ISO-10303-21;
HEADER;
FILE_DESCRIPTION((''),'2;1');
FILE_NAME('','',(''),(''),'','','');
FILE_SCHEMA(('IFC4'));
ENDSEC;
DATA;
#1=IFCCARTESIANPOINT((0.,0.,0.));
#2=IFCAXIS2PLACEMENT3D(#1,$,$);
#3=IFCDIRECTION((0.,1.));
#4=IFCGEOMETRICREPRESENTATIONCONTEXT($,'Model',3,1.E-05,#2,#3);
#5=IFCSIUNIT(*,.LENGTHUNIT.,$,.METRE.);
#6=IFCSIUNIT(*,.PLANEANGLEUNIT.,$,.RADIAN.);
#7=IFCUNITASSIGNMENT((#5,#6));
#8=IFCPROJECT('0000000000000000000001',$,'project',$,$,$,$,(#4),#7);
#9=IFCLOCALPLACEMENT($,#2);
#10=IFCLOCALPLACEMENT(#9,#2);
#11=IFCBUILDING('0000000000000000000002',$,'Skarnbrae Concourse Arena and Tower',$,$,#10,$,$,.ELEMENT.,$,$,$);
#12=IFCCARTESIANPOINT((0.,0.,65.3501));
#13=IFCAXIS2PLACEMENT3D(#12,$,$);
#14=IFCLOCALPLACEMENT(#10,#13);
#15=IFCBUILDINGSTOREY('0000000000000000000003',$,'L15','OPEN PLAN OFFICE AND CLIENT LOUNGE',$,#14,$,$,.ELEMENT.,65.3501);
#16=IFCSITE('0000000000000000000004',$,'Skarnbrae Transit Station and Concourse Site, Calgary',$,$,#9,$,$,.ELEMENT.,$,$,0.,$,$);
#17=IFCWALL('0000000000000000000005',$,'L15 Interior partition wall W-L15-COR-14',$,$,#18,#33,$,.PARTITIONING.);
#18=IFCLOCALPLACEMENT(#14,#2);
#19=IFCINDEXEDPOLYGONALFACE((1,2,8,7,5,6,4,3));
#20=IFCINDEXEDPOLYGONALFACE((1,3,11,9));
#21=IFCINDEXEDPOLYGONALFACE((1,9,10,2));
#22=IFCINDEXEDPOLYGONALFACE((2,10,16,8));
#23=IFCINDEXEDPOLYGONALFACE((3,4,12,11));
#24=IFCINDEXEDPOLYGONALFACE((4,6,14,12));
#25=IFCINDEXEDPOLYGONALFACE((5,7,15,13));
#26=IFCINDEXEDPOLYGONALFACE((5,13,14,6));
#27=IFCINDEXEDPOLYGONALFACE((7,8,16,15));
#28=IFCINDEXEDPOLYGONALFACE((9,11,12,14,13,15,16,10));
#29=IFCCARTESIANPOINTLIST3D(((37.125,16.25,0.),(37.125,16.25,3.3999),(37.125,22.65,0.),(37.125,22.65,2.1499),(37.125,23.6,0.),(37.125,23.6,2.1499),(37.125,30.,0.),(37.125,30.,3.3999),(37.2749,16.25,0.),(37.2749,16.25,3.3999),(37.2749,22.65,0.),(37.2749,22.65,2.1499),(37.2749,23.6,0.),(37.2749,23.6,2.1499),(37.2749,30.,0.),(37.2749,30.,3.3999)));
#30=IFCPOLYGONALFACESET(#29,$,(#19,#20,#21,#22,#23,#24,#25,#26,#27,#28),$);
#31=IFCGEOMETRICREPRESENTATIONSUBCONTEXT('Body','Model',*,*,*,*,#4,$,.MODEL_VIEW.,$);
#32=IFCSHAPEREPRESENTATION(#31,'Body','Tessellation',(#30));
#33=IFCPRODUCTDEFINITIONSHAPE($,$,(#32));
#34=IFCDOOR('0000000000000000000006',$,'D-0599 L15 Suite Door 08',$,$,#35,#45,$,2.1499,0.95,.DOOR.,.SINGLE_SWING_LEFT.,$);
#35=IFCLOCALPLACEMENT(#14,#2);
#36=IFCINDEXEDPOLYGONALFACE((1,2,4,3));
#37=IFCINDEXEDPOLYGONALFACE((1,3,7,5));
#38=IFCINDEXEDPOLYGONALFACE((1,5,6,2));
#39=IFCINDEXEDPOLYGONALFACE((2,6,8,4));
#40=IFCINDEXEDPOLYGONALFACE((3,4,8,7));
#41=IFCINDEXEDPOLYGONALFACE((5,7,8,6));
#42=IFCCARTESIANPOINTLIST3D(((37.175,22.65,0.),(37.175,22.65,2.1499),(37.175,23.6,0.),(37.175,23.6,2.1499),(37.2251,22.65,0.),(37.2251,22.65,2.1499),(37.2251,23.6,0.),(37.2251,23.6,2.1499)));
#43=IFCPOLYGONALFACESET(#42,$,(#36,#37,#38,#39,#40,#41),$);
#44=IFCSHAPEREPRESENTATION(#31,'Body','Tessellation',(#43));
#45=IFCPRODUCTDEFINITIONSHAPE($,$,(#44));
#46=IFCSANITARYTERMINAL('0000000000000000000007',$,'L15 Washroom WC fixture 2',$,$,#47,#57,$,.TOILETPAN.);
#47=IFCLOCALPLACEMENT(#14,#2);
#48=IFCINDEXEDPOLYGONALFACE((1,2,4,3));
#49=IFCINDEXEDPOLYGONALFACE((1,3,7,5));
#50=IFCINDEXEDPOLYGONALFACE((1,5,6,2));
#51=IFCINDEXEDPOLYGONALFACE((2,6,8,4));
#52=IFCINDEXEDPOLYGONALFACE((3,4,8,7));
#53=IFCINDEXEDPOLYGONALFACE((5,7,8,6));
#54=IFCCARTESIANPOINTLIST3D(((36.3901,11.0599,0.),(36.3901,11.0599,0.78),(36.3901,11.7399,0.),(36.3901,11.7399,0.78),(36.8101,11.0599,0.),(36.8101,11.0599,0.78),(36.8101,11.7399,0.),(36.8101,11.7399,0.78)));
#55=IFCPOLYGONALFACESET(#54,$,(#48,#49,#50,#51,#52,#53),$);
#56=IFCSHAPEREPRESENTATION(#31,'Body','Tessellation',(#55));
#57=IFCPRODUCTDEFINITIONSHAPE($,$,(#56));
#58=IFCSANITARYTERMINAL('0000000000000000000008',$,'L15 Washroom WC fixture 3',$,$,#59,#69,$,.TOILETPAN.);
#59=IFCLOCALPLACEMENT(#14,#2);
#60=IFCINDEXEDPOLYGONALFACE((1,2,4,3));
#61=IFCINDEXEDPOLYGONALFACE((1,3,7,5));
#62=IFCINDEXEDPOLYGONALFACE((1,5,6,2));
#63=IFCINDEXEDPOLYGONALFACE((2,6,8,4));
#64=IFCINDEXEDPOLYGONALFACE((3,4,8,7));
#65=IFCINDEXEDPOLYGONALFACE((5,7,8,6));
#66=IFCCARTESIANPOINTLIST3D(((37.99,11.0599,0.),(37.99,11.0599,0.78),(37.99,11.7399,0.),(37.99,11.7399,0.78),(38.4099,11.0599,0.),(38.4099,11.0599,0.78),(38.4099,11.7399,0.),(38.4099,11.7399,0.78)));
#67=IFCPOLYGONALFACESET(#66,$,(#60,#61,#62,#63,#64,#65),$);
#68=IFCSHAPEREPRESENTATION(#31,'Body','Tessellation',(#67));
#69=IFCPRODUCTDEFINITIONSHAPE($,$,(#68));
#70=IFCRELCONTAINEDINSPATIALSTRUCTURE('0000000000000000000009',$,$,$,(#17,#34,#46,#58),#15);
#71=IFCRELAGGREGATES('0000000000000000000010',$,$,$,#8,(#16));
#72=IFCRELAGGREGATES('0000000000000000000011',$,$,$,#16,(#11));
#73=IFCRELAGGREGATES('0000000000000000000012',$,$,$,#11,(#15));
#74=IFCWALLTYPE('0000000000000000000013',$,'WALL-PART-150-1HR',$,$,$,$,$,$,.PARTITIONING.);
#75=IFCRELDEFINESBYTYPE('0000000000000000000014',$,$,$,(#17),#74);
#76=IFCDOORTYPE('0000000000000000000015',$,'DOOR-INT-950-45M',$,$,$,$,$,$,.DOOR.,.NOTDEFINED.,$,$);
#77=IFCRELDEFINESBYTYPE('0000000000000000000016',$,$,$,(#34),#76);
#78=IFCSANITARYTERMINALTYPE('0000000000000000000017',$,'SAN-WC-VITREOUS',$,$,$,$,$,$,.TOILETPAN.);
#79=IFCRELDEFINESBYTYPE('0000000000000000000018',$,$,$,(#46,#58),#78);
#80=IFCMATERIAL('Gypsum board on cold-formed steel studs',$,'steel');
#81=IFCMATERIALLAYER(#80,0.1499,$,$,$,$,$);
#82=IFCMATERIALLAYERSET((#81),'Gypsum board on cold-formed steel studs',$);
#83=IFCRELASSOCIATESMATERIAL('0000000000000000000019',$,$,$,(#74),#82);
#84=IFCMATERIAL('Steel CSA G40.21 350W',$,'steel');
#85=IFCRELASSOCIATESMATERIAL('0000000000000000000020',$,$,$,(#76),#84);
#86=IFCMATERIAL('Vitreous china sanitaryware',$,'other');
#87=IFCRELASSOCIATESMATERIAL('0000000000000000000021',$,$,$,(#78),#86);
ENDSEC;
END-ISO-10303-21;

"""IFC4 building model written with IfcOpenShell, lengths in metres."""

from ifc_helpers import new_model, si_unit, direction, frame, frame_2d, origin, origin_2d, place, context, subcontext, project, spatial, rectangle, extrude, source, transform, mapped, material, layer, layer_set, type_object, element, fill, save


model = new_model("IFC4")

# Units and contexts
model_context = context("Model", 3, precision=1e-05, world=origin(), true_north=direction((0.0, 1.0)))
body_context = subcontext(model_context, "Body", "Model", "MODEL_VIEW")
ifc_project = project(units=[si_unit("LENGTHUNIT", "METRE"), si_unit("PLANEANGLEUNIT", "RADIAN")], contexts=[model_context])

# Site, building, storey
site_placement = place(None, origin())
site = spatial("IfcSite", under=ifc_project, at=site_placement, Name="Skarnbrae Transit Station and Concourse Site, Calgary", CompositionType="ELEMENT", RefElevation=0.0)
building_placement = place(site_placement, origin())
building = spatial("IfcBuilding", under=site, at=building_placement, Name="Skarnbrae Concourse Arena and Tower", CompositionType="ELEMENT")
storey_placement = place(building_placement, frame((0.0, 0.0, 65.3501)))
storey = spatial("IfcBuildingStorey", under=building, at=storey_placement, Name="L15", Description="OPEN PLAN OFFICE AND CLIENT LOUNGE", CompositionType="ELEMENT", Elevation=65.3501)

# Shared definitions
ifc_material_1 = material(Name="Steel CSA G40.21 350W", Category="steel")

# Shared definitions
ifc_material_2 = material(Name="Gypsum board on cold-formed steel studs", Category="steel")

# Shared definitions
ifc_layer_1 = layer(ifc_material_2, 0.1499)
ifc_layer_set_1 = layer_set([ifc_layer_1], Name="Gypsum board on cold-formed steel studs")
wall_type_1 = type_object("IfcWallType", Name="WALL-PART-150-1HR", PredefinedType="PARTITIONING", material=ifc_layer_set_1)

# Wall, opening, door
shared_shape_1 = source(origin(), body_context, "Body", "SweptSolid", [
    extrude(rectangle(XDim=13.75, YDim=0.1499, at=frame_2d((6.875, 0.0))), origin(), (0.0, 0.0, 1.0), 3.3999),
])
wall_1_placement = place(storey_placement, frame((37.2, 16.25, 0.0), z_axis=(0.0, 0.0, 1.0), x_axis=(0.0, 1.0, 0.0)))
wall_1 = element("IfcWall", 1, at=wall_1_placement, inside=storey, type_object=wall_type_1, Name="L15 Interior partition wall W-L15-COR-14", PredefinedType="PARTITIONING", context=body_context, shape_type="MappedRepresentation", body=[
    mapped(shared_shape_1, transform((0.0, 0.0, 0.0))),
])
opening_1_placement = place(wall_1_placement, frame((6.3999, 0.0, 0.0)))
opening_1 = element("IfcOpeningElement", 2, at=opening_1_placement, cuts=wall_1, PredefinedType="OPENING", context=body_context, shape_type="SweptSolid", body=[
    extrude(rectangle(XDim=0.95, YDim=2.1499, at=frame_2d((0.4751, 1.075))), frame((0.0, 0.085, 0.0), z_axis=(0.0, -1.0, 0.0), x_axis=(1.0, 0.0, 0.0)), (0.0, 0.0, 1.0), 0.1699),
])
door_type_1 = type_object("IfcDoorType", Name="DOOR-INT-950-45M", OperationType="NOTDEFINED", PredefinedType="DOOR", material=ifc_material_1)
shared_shape_2 = source(origin(), body_context, "Body", "SweptSolid", [
    extrude(rectangle(XDim=0.95, YDim=2.1499, at=frame_2d((0.4751, 1.075))), frame((0.0, 0.0249, 0.0), z_axis=(0.0, -1.0, 0.0), x_axis=(1.0, 0.0, 0.0)), (0.0, 0.0, 1.0), 0.05),
])
door_1_placement = place(opening_1_placement, origin())
door_1 = element("IfcDoor", 3, at=door_1_placement, inside=storey, type_object=door_type_1, Name="D-0599 L15 Suite Door 08", OperationType="SINGLE_SWING_LEFT", OverallHeight=2.1499, OverallWidth=0.95, PredefinedType="DOOR", context=body_context, shape_type="MappedRepresentation", body=[
    mapped(shared_shape_2, transform((0.0, 0.0, 0.0))),
])
fill(opening_1, door_1)

# Sanitary terminals
ifc_material_3 = material(Name="Vitreous china sanitaryware", Category="other")
sanitary_terminal_type = type_object("IfcSanitaryTerminalType", Name="SAN-WC-VITREOUS", PredefinedType="TOILETPAN", material=ifc_material_3)
shared_shape_3 = source(origin(), body_context, "Body", "SweptSolid", [
    extrude(rectangle(XDim=0.4199, YDim=0.6799, at=origin_2d()), origin(), (0.0, 0.0, 1.0), 0.78),
])
for number, where, z_axis, x_axis, name in (
    (4, (36.6001, 11.3999, 0.0), (0.0, 0.0, 1.0), (1.0, 0.0, 0.0), "L15 Washroom WC fixture 2"),
    (5, (38.2, 11.3999, 0.0), (0.0, 0.0, 1.0), (1.0, 0.0, 0.0), "L15 Washroom WC fixture 3"),
):
    element("IfcSanitaryTerminal", number, at=place(storey_placement, frame(where, z_axis=z_axis, x_axis=x_axis)), inside=storey, type_object=sanitary_terminal_type, Name=name, PredefinedType="TOILETPAN", context=body_context, shape_type="MappedRepresentation", body=[
        mapped(shared_shape_3, transform((0.0, 0.0, 0.0))),
    ])

save(model, "model.ifc")
